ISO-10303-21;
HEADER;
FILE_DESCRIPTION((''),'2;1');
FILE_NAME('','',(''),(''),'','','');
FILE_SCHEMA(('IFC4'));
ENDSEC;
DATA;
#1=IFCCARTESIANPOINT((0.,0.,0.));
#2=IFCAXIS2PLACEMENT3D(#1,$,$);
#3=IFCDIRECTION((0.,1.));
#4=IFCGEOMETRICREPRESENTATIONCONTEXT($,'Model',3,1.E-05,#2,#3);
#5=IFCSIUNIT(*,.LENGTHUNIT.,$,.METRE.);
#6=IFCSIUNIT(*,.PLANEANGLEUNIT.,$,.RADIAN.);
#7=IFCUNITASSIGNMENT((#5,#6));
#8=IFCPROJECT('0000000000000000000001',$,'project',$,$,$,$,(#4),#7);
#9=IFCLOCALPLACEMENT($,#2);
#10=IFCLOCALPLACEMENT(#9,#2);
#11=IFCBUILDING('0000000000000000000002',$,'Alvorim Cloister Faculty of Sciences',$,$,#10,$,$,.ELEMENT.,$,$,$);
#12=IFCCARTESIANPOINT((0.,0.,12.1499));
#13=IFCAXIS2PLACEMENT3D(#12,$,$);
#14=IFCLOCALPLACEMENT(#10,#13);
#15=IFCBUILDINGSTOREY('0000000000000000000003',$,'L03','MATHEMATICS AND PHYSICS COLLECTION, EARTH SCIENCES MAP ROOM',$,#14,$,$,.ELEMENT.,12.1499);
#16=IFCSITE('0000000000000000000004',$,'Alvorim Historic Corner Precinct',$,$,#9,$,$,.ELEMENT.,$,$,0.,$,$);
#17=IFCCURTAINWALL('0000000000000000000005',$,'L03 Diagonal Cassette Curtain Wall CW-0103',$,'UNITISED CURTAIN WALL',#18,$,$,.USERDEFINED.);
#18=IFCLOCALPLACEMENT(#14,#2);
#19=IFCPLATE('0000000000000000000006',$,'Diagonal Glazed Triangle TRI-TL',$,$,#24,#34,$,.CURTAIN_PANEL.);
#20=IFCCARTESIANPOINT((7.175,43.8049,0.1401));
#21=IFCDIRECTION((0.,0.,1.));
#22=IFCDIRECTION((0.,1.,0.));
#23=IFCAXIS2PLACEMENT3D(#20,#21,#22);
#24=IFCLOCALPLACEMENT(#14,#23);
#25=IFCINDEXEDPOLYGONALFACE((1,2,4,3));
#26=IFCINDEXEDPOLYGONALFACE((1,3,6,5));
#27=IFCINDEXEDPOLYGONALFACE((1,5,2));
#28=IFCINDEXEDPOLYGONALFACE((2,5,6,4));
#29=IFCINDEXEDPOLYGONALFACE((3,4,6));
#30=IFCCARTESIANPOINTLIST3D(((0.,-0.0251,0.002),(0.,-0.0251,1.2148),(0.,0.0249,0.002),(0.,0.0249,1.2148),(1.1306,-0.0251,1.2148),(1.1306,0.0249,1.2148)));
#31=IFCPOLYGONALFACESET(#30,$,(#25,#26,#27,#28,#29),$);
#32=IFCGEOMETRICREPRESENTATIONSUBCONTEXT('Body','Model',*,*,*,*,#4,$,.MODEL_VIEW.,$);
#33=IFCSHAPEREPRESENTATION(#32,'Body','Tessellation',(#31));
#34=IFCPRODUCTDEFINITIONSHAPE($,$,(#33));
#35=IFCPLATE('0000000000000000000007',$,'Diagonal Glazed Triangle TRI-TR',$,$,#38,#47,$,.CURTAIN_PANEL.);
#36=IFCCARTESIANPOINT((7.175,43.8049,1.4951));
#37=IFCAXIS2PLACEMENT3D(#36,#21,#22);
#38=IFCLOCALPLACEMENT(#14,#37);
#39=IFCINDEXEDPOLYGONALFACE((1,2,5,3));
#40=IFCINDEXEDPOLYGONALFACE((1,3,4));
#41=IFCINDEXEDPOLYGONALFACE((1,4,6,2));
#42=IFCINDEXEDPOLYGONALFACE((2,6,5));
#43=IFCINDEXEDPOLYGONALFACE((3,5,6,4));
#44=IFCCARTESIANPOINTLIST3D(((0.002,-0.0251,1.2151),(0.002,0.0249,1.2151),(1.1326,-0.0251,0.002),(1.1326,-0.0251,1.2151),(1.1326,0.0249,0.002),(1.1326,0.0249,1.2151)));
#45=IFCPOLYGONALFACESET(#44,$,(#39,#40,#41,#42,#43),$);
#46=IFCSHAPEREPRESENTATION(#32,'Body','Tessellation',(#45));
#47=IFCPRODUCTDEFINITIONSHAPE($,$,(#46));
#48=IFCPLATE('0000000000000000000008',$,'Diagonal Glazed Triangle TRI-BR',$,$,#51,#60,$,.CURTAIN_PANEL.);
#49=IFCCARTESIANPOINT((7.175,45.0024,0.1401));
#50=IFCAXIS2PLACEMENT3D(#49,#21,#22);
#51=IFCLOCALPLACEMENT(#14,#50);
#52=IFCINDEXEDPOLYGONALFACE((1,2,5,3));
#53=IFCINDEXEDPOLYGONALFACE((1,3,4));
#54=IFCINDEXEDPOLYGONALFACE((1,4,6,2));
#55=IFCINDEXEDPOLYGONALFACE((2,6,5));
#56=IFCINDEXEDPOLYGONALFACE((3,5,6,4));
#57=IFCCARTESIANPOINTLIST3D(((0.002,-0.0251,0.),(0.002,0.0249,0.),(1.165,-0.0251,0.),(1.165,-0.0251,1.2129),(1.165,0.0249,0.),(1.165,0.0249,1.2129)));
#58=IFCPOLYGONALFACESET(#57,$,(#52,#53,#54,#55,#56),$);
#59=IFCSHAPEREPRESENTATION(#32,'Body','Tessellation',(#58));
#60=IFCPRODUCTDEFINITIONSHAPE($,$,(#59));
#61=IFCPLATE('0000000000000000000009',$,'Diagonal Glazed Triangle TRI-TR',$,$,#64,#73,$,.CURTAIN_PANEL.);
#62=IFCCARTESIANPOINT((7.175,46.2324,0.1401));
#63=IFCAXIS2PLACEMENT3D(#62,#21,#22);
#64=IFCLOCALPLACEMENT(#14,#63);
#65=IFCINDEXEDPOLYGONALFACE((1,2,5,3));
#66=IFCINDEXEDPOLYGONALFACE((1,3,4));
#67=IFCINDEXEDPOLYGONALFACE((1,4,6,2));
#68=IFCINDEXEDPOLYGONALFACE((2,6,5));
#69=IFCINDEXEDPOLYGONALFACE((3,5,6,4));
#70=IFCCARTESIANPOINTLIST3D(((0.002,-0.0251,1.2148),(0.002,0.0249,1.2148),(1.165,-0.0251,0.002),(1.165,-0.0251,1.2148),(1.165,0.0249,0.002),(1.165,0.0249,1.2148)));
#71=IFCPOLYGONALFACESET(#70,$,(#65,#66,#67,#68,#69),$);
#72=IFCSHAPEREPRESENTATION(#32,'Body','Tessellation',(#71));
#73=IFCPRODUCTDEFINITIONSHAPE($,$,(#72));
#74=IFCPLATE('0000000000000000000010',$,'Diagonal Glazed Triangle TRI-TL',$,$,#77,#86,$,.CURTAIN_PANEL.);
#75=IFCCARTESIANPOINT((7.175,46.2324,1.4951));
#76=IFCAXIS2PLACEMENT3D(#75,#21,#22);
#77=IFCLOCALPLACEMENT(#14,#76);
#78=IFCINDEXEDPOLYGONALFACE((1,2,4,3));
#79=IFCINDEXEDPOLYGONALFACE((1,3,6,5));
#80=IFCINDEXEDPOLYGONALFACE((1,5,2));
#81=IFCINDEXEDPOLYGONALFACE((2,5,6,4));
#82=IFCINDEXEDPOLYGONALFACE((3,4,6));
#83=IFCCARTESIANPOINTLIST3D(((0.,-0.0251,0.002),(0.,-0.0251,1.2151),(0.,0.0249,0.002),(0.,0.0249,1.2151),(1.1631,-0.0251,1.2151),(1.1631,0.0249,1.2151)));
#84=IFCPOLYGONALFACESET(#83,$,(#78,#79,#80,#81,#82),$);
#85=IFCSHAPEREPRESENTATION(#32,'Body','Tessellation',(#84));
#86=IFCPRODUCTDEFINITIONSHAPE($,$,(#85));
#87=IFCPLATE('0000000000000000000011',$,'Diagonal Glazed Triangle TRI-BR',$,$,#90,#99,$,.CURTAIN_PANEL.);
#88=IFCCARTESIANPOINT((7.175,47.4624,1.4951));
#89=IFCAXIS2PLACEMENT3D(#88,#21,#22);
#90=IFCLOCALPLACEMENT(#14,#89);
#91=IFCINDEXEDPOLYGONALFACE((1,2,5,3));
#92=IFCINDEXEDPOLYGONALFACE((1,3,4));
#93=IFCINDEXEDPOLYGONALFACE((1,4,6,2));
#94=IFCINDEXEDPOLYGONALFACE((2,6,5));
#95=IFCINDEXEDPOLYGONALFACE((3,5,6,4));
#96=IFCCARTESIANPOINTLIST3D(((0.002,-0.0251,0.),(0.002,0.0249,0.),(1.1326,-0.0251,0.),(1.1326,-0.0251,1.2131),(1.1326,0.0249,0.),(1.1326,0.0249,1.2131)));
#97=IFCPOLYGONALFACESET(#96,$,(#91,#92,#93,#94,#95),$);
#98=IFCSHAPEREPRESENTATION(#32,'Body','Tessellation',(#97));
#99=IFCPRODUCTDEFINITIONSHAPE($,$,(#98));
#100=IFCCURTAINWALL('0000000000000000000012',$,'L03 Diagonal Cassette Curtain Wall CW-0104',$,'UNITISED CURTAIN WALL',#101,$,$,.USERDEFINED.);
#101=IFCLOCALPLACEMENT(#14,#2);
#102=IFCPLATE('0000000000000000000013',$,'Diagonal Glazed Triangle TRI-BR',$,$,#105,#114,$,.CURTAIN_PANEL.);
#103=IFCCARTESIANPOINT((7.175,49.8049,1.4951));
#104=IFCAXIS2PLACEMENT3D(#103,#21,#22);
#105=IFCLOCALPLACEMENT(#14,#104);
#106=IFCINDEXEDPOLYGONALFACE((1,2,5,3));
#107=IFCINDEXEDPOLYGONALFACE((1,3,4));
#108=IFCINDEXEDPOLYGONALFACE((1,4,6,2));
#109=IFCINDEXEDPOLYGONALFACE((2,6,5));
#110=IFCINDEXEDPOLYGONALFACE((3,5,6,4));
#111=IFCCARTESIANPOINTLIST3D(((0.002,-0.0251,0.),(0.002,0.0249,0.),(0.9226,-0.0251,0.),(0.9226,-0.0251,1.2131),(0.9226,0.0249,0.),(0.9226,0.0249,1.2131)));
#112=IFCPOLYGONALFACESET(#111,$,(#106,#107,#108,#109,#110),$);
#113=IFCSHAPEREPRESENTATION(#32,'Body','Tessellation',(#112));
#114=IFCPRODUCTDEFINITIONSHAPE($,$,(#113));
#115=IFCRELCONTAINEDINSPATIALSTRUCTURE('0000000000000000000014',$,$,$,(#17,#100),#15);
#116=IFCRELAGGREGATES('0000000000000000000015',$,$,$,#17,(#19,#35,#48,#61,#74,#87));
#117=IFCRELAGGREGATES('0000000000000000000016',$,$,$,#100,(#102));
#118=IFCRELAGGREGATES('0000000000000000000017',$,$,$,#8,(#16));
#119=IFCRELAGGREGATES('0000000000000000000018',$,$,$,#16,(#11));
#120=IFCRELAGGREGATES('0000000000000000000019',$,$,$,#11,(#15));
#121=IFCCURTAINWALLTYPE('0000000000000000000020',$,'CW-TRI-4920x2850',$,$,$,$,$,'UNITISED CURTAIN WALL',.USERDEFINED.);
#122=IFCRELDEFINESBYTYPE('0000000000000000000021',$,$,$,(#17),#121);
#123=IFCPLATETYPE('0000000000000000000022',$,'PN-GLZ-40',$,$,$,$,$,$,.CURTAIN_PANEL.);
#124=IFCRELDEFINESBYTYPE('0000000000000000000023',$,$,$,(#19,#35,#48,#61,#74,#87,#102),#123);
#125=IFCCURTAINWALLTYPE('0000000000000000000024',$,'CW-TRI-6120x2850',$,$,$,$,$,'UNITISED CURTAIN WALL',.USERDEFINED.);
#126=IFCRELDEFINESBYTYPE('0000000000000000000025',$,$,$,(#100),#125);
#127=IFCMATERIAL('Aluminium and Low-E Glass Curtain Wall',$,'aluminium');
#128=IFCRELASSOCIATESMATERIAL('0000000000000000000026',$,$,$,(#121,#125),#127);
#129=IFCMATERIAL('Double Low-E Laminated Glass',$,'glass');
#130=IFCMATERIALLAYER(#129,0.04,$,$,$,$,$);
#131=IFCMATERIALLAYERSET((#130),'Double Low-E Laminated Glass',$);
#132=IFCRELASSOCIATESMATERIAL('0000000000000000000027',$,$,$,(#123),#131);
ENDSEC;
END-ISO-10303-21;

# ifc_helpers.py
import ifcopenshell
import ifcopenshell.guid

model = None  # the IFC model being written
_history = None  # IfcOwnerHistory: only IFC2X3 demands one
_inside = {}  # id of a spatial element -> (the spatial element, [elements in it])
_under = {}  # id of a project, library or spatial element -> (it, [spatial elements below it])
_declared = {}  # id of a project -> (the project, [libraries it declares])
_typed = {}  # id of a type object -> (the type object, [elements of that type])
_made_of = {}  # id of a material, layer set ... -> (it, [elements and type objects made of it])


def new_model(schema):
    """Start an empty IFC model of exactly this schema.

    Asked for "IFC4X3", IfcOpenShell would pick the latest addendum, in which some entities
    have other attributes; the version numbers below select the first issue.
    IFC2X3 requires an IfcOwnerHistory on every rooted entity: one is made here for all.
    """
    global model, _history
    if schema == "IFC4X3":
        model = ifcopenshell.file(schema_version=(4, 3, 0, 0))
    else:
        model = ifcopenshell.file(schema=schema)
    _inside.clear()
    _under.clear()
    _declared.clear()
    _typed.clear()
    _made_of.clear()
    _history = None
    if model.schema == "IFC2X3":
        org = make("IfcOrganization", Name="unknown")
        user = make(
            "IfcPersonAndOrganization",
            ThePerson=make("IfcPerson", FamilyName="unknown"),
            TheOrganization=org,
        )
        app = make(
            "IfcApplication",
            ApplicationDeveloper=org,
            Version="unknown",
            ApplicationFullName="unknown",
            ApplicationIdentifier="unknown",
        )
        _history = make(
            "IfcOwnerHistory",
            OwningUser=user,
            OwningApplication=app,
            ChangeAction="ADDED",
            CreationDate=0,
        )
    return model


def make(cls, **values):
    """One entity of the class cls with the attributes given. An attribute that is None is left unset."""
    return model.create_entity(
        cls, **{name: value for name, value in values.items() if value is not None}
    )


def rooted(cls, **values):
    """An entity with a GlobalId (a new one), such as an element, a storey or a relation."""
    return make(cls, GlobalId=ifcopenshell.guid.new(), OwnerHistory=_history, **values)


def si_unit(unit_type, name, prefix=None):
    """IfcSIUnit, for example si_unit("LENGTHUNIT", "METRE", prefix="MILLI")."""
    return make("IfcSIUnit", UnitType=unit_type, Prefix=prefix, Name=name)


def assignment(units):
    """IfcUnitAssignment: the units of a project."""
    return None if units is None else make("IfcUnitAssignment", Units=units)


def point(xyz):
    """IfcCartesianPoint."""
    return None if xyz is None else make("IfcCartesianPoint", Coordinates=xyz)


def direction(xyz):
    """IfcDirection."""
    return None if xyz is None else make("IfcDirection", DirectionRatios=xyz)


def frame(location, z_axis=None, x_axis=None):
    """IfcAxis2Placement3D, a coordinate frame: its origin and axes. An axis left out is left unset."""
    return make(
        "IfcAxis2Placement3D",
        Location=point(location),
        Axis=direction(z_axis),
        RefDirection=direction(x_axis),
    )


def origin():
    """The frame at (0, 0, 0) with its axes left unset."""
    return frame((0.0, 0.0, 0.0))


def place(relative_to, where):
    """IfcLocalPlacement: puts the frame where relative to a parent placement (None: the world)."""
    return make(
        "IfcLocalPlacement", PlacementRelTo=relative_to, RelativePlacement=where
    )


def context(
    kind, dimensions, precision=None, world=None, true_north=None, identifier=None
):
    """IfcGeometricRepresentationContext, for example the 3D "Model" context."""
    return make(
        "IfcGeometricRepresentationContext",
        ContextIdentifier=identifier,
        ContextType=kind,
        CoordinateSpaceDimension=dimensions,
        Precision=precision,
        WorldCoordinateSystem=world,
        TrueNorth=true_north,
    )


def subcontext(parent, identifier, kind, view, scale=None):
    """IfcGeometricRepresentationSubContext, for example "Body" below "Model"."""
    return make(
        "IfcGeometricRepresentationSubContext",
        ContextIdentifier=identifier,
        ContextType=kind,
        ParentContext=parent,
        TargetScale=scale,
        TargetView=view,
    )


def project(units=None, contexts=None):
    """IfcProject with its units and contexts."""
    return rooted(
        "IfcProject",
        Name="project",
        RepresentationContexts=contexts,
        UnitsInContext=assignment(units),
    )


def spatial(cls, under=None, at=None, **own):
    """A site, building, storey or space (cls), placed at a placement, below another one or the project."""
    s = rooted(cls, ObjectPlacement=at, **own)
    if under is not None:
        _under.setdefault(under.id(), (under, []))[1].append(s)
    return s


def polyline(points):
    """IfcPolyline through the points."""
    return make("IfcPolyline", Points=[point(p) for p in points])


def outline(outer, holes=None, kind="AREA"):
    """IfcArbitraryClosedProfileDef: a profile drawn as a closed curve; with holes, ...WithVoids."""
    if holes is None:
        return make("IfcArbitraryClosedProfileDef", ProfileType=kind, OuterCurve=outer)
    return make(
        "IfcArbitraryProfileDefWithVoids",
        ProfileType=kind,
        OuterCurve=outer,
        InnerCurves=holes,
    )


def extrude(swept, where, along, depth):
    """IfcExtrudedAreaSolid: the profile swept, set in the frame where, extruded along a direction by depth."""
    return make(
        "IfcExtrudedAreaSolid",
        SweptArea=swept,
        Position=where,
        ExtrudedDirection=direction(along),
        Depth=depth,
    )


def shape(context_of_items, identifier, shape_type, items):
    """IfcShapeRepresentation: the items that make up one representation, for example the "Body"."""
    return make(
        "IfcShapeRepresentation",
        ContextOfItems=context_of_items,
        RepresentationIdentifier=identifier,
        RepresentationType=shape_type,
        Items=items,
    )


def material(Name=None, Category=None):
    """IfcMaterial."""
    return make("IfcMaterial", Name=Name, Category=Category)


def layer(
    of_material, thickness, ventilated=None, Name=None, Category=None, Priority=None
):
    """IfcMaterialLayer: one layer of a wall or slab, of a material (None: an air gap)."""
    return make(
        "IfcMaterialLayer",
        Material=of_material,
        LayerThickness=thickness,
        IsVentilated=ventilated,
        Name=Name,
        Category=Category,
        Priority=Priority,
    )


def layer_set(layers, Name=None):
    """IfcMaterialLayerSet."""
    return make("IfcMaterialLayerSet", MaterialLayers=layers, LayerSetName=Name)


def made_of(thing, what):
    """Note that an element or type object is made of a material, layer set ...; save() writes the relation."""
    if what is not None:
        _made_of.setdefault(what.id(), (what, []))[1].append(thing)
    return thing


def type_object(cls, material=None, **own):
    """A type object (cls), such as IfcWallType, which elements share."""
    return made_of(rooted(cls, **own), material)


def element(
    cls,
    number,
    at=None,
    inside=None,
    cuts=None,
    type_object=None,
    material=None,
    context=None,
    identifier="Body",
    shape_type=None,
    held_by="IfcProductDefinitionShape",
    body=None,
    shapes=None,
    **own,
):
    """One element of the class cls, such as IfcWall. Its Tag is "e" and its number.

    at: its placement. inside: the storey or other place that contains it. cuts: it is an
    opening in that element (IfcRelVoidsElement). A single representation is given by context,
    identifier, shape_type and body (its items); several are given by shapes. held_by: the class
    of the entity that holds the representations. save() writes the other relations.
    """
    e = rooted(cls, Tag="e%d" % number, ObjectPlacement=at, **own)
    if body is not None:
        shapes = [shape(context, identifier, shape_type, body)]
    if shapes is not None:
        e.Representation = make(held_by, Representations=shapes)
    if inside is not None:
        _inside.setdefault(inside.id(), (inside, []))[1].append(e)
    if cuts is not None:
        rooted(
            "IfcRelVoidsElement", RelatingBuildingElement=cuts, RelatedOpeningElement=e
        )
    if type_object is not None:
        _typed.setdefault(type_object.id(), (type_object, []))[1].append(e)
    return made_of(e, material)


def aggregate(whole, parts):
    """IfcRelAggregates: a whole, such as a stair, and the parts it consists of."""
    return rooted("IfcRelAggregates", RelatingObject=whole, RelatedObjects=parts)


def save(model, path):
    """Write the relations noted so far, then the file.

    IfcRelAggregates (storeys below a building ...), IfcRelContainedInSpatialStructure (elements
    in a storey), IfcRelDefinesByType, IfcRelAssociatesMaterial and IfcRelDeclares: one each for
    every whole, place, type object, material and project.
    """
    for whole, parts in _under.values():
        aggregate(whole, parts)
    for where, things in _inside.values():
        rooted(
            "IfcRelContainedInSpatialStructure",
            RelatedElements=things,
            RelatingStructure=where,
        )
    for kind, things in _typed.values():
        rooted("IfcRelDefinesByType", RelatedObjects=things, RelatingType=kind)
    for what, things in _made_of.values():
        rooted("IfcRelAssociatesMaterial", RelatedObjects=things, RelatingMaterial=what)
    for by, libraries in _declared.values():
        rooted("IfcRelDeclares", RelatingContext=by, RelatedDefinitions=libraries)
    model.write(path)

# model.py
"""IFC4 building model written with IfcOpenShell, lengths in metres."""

from ifc_helpers import new_model, si_unit, direction, frame, origin, place, context, subcontext, project, spatial, polyline, outline, extrude, material, layer, layer_set, type_object, element, aggregate, save


model = new_model("IFC4")

# Units and contexts
model_context = context("Model", 3, precision=1e-05, world=origin(), true_north=direction((0.0, 1.0)))
body_context = subcontext(model_context, "Body", "Model", "MODEL_VIEW")
ifc_project = project(units=[si_unit("LENGTHUNIT", "METRE"), si_unit("PLANEANGLEUNIT", "RADIAN")], contexts=[model_context])

# Site, building, storey
site_placement = place(None, origin())
site = spatial("IfcSite", under=ifc_project, at=site_placement, Name="Alvorim Historic Corner Precinct", CompositionType="ELEMENT", RefElevation=0.0)
building_placement = place(site_placement, origin())
building = spatial("IfcBuilding", under=site, at=building_placement, Name="Alvorim Cloister Faculty of Sciences", CompositionType="ELEMENT")
storey_placement = place(building_placement, frame((0.0, 0.0, 12.1499)))
storey = spatial("IfcBuildingStorey", under=building, at=storey_placement, Name="L03", Description="MATHEMATICS AND PHYSICS COLLECTION, EARTH SCIENCES MAP ROOM", CompositionType="ELEMENT", Elevation=12.1499)

# Curtain walls, plates
ifc_material_1 = material(Name="Aluminium and Low-E Glass Curtain Wall", Category="aluminium")
curtain_wall_type_1 = type_object("IfcCurtainWallType", Name="CW-TRI-4920x2850", ElementType="UNITISED CURTAIN WALL", PredefinedType="USERDEFINED", material=ifc_material_1)
curtain_wall_1_placement = place(storey_placement, origin())
curtain_wall_1 = element("IfcCurtainWall", 1, at=curtain_wall_1_placement, inside=storey, type_object=curtain_wall_type_1, Name="L03 Diagonal Cassette Curtain Wall CW-0103", ObjectType="UNITISED CURTAIN WALL", PredefinedType="USERDEFINED")
ifc_material_2 = material(Name="Double Low-E Laminated Glass", Category="glass")
ifc_layer_1 = layer(ifc_material_2, 0.04)
ifc_layer_set_1 = layer_set([ifc_layer_1], Name="Double Low-E Laminated Glass")
plate_type_1 = type_object("IfcPlateType", Name="PN-GLZ-40", PredefinedType="CURTAIN_PANEL", material=ifc_layer_set_1)
plate_1_placement = place(storey_placement, frame((7.175, 43.8049, 0.1401), z_axis=(0.0, 0.0, 1.0), x_axis=(0.0, 1.0, 0.0)))
plate_1 = element("IfcPlate", 2, at=plate_1_placement, type_object=plate_type_1, Name="Diagonal Glazed Triangle TRI-TL", PredefinedType="CURTAIN_PANEL", context=body_context, shape_type="SweptSolid", body=[
    extrude(outline(polyline([(1.1306, 1.2148), (0.0, 1.2148), (0.0, 0.002), (1.1306, 1.2148)])), frame((0.0, 0.0249, 0.0), z_axis=(0.0, -1.0, 0.0), x_axis=(1.0, 0.0, 0.0)), (0.0, 0.0, 1.0), 0.05),
])
plate_2_placement = place(storey_placement, frame((7.175, 43.8049, 1.4951), z_axis=(0.0, 0.0, 1.0), x_axis=(0.0, 1.0, 0.0)))
plate_2 = element("IfcPlate", 3, at=plate_2_placement, type_object=plate_type_1, Name="Diagonal Glazed Triangle TRI-TR", PredefinedType="CURTAIN_PANEL", context=body_context, shape_type="SweptSolid", body=[
    extrude(outline(polyline([(1.1326, 0.002), (1.1326, 1.2151), (0.002, 1.2151), (1.1326, 0.002)])), frame((0.0, 0.0249, 0.0), z_axis=(0.0, -1.0, 0.0), x_axis=(1.0, 0.0, 0.0)), (0.0, 0.0, 1.0), 0.05),
])
plate_3_placement = place(storey_placement, frame((7.175, 45.0024, 0.1401), z_axis=(0.0, 0.0, 1.0), x_axis=(0.0, 1.0, 0.0)))
plate_3 = element("IfcPlate", 4, at=plate_3_placement, type_object=plate_type_1, Name="Diagonal Glazed Triangle TRI-BR", PredefinedType="CURTAIN_PANEL", context=body_context, shape_type="SweptSolid", body=[
    extrude(outline(polyline([(0.002, 0.0), (1.165, 0.0), (1.165, 1.2129), (0.002, 0.0)])), frame((0.0, 0.0249, 0.0), z_axis=(0.0, -1.0, 0.0), x_axis=(1.0, 0.0, 0.0)), (0.0, 0.0, 1.0), 0.05),
])
plate_4_placement = place(storey_placement, frame((7.175, 46.2324, 0.1401), z_axis=(0.0, 0.0, 1.0), x_axis=(0.0, 1.0, 0.0)))
plate_4 = element("IfcPlate", 5, at=plate_4_placement, type_object=plate_type_1, Name="Diagonal Glazed Triangle TRI-TR", PredefinedType="CURTAIN_PANEL", context=body_context, shape_type="SweptSolid", body=[
    extrude(outline(polyline([(1.165, 0.002), (1.165, 1.2148), (0.002, 1.2148), (1.165, 0.002)])), frame((0.0, 0.0249, 0.0), z_axis=(0.0, -1.0, 0.0), x_axis=(1.0, 0.0, 0.0)), (0.0, 0.0, 1.0), 0.05),
])
plate_5_placement = place(storey_placement, frame((7.175, 46.2324, 1.4951), z_axis=(0.0, 0.0, 1.0), x_axis=(0.0, 1.0, 0.0)))
plate_5 = element("IfcPlate", 6, at=plate_5_placement, type_object=plate_type_1, Name="Diagonal Glazed Triangle TRI-TL", PredefinedType="CURTAIN_PANEL", context=body_context, shape_type="SweptSolid", body=[
    extrude(outline(polyline([(1.1631, 1.2151), (0.0, 1.2151), (0.0, 0.002), (1.1631, 1.2151)])), frame((0.0, 0.0249, 0.0), z_axis=(0.0, -1.0, 0.0), x_axis=(1.0, 0.0, 0.0)), (0.0, 0.0, 1.0), 0.05),
])
plate_6_placement = place(storey_placement, frame((7.175, 47.4624, 1.4951), z_axis=(0.0, 0.0, 1.0), x_axis=(0.0, 1.0, 0.0)))
plate_6 = element("IfcPlate", 7, at=plate_6_placement, type_object=plate_type_1, Name="Diagonal Glazed Triangle TRI-BR", PredefinedType="CURTAIN_PANEL", context=body_context, shape_type="SweptSolid", body=[
    extrude(outline(polyline([(0.002, 0.0), (1.1326, 0.0), (1.1326, 1.2131), (0.002, 0.0)])), frame((0.0, 0.0249, 0.0), z_axis=(0.0, -1.0, 0.0), x_axis=(1.0, 0.0, 0.0)), (0.0, 0.0, 1.0), 0.05),
])
aggregate(curtain_wall_1, [plate_1, plate_2, plate_3, plate_4, plate_5, plate_6])
curtain_wall_type_2 = type_object("IfcCurtainWallType", Name="CW-TRI-6120x2850", ElementType="UNITISED CURTAIN WALL", PredefinedType="USERDEFINED", material=ifc_material_1)
curtain_wall_2_placement = place(storey_placement, origin())
curtain_wall_2 = element("IfcCurtainWall", 8, at=curtain_wall_2_placement, inside=storey, type_object=curtain_wall_type_2, Name="L03 Diagonal Cassette Curtain Wall CW-0104", ObjectType="UNITISED CURTAIN WALL", PredefinedType="USERDEFINED")
plate_7_placement = place(storey_placement, frame((7.175, 49.8049, 1.4951), z_axis=(0.0, 0.0, 1.0), x_axis=(0.0, 1.0, 0.0)))
plate_7 = element("IfcPlate", 9, at=plate_7_placement, type_object=plate_type_1, Name="Diagonal Glazed Triangle TRI-BR", PredefinedType="CURTAIN_PANEL", context=body_context, shape_type="SweptSolid", body=[
    extrude(outline(polyline([(0.002, 0.0), (0.9226, 0.0), (0.9226, 1.2131), (0.002, 0.0)])), frame((0.0, 0.0249, 0.0), z_axis=(0.0, -1.0, 0.0), x_axis=(1.0, 0.0, 0.0)), (0.0, 0.0, 1.0), 0.05),
])
aggregate(curtain_wall_2, [plate_7])

save(model, "model.ifc")
